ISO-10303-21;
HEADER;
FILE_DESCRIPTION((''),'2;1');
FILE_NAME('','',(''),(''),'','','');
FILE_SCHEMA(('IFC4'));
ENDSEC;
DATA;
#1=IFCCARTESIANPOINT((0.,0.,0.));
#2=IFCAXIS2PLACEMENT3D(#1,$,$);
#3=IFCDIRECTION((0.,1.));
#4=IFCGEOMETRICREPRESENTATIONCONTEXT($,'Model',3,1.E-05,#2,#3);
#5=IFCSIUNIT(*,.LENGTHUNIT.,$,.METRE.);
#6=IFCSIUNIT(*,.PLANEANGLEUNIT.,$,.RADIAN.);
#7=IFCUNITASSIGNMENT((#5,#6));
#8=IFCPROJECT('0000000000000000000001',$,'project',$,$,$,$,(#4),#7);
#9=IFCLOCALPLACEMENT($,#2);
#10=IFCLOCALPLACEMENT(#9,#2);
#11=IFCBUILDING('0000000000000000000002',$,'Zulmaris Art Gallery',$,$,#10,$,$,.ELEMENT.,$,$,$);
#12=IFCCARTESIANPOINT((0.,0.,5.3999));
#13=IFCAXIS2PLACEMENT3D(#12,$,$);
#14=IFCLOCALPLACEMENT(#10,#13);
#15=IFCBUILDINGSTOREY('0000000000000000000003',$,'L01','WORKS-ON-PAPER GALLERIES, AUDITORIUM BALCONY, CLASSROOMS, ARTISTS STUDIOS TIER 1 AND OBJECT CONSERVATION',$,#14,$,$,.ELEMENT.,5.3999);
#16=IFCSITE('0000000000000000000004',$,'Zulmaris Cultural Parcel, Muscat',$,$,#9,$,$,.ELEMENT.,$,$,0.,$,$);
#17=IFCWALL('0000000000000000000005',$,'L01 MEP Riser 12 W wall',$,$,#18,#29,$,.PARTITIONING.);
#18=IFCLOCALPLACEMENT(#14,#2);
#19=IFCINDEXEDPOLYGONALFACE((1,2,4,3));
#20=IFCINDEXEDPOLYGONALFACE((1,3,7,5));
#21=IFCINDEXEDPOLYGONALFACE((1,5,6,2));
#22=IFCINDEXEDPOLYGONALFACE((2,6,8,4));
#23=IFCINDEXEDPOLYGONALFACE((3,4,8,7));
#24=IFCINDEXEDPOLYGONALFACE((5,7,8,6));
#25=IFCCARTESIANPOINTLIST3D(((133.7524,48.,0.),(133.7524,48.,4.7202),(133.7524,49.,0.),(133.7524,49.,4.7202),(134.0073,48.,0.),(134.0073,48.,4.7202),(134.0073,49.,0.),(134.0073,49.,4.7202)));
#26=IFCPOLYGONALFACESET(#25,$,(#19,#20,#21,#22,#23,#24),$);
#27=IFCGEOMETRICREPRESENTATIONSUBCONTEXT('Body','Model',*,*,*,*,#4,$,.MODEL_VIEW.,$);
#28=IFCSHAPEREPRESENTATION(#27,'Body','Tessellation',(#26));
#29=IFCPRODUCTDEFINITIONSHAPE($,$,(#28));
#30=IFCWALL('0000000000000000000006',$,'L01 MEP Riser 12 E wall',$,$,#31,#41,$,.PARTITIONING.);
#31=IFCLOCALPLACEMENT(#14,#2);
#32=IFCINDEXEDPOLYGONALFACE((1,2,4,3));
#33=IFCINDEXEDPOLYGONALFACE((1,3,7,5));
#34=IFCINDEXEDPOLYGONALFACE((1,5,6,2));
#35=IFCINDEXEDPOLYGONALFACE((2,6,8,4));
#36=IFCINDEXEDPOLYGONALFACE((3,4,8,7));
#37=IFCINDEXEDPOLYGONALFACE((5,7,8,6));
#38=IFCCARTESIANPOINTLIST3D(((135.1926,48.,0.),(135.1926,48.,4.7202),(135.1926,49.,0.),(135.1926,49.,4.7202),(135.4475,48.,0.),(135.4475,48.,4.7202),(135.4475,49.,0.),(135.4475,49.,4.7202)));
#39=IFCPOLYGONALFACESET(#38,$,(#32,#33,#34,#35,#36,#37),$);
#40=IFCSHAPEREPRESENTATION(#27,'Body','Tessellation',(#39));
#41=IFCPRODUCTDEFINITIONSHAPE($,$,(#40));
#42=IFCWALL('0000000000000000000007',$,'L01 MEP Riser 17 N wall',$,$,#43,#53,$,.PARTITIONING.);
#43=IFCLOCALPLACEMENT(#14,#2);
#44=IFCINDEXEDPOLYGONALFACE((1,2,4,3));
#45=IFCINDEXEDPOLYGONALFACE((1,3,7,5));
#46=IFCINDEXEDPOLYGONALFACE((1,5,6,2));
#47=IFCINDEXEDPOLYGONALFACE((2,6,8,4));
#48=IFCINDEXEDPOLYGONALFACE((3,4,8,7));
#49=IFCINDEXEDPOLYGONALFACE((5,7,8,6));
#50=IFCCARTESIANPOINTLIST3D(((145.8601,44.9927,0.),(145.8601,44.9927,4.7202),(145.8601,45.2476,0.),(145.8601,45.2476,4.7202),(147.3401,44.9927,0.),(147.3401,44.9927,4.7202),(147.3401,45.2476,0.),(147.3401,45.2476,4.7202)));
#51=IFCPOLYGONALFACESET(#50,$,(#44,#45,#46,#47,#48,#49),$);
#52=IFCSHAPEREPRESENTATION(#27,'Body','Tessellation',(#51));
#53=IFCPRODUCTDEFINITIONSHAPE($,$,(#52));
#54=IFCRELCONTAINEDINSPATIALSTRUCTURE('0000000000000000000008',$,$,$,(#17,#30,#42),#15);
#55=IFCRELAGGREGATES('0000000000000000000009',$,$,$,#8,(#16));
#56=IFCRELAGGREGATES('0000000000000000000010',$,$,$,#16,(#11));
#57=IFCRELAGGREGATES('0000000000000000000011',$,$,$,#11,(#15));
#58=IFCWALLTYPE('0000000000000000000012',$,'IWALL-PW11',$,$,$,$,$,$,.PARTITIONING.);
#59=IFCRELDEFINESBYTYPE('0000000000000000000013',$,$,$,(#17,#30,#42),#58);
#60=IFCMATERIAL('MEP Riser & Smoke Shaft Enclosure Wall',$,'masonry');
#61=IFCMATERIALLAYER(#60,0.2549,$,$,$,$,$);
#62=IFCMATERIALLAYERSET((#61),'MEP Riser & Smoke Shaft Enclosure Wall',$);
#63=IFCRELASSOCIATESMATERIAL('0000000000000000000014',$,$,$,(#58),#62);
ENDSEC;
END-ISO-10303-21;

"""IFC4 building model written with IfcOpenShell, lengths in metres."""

from ifc_helpers import new_model, si_unit, direction, frame, frame_2d, origin, place, context, subcontext, project, spatial, rectangle, extrude, material, layer, layer_set, type_object, element, save


model = new_model("IFC4")

# Units and contexts
model_context = context("Model", 3, precision=1e-05, world=origin(), true_north=direction((0.0, 1.0)))
body_context = subcontext(model_context, "Body", "Model", "MODEL_VIEW")
ifc_project = project(units=[si_unit("LENGTHUNIT", "METRE"), si_unit("PLANEANGLEUNIT", "RADIAN")], contexts=[model_context])

# Site, building, storey
site_placement = place(None, origin())
site = spatial("IfcSite", under=ifc_project, at=site_placement, Name="Zulmaris Cultural Parcel, Muscat", CompositionType="ELEMENT", RefElevation=0.0)
building_placement = place(site_placement, origin())
building = spatial("IfcBuilding", under=site, at=building_placement, Name="Zulmaris Art Gallery", CompositionType="ELEMENT")
storey_placement = place(building_placement, frame((0.0, 0.0, 5.3999)))
storey = spatial("IfcBuildingStorey", under=building, at=storey_placement, Name="L01", Description="WORKS-ON-PAPER GALLERIES, AUDITORIUM BALCONY, CLASSROOMS, ARTISTS STUDIOS TIER 1 AND OBJECT CONSERVATION", CompositionType="ELEMENT", Elevation=5.3999)

# Walls
ifc_material_1 = material(Name="MEP Riser & Smoke Shaft Enclosure Wall", Category="masonry")
ifc_layer_1 = layer(ifc_material_1, 0.2549)
ifc_layer_set_1 = layer_set([ifc_layer_1], Name="MEP Riser & Smoke Shaft Enclosure Wall")
wall_type_1 = type_object("IfcWallType", Name="IWALL-PW11", PredefinedType="PARTITIONING", material=ifc_layer_set_1)
for number, where, z_axis, x_axis, name in (
    (1, (133.8799, 48.0, 0.0), (0.0, 0.0, 1.0), (0.0, 1.0, 0.0), "L01 MEP Riser 12 W wall"),
    (2, (135.3201, 48.0, 0.0), (0.0, 0.0, 1.0), (0.0, 1.0, 0.0), "L01 MEP Riser 12 E wall"),
):
    element("IfcWall", number, at=place(storey_placement, frame(where, z_axis=z_axis, x_axis=x_axis)), inside=storey, type_object=wall_type_1, Name=name, PredefinedType="PARTITIONING", context=body_context, shape_type="SweptSolid", body=[
        extrude(rectangle(XDim=1.0, YDim=0.2549, at=frame_2d((0.5, 0.0))), origin(), (0.0, 0.0, 1.0), 4.7202),
    ])
wall_1_placement = place(storey_placement, frame((145.8601, 45.1201, 0.0), z_axis=(0.0, 0.0, 1.0), x_axis=(1.0, 0.0, 0.0)))
element("IfcWall", 3, at=wall_1_placement, inside=storey, type_object=wall_type_1, Name="L01 MEP Riser 17 N wall", PredefinedType="PARTITIONING", context=body_context, shape_type="SweptSolid", body=[
    extrude(rectangle(XDim=1.48, YDim=0.2549, at=frame_2d((0.74, 0.0))), origin(), (0.0, 0.0, 1.0), 4.7202),
])

save(model, "model.ifc")
